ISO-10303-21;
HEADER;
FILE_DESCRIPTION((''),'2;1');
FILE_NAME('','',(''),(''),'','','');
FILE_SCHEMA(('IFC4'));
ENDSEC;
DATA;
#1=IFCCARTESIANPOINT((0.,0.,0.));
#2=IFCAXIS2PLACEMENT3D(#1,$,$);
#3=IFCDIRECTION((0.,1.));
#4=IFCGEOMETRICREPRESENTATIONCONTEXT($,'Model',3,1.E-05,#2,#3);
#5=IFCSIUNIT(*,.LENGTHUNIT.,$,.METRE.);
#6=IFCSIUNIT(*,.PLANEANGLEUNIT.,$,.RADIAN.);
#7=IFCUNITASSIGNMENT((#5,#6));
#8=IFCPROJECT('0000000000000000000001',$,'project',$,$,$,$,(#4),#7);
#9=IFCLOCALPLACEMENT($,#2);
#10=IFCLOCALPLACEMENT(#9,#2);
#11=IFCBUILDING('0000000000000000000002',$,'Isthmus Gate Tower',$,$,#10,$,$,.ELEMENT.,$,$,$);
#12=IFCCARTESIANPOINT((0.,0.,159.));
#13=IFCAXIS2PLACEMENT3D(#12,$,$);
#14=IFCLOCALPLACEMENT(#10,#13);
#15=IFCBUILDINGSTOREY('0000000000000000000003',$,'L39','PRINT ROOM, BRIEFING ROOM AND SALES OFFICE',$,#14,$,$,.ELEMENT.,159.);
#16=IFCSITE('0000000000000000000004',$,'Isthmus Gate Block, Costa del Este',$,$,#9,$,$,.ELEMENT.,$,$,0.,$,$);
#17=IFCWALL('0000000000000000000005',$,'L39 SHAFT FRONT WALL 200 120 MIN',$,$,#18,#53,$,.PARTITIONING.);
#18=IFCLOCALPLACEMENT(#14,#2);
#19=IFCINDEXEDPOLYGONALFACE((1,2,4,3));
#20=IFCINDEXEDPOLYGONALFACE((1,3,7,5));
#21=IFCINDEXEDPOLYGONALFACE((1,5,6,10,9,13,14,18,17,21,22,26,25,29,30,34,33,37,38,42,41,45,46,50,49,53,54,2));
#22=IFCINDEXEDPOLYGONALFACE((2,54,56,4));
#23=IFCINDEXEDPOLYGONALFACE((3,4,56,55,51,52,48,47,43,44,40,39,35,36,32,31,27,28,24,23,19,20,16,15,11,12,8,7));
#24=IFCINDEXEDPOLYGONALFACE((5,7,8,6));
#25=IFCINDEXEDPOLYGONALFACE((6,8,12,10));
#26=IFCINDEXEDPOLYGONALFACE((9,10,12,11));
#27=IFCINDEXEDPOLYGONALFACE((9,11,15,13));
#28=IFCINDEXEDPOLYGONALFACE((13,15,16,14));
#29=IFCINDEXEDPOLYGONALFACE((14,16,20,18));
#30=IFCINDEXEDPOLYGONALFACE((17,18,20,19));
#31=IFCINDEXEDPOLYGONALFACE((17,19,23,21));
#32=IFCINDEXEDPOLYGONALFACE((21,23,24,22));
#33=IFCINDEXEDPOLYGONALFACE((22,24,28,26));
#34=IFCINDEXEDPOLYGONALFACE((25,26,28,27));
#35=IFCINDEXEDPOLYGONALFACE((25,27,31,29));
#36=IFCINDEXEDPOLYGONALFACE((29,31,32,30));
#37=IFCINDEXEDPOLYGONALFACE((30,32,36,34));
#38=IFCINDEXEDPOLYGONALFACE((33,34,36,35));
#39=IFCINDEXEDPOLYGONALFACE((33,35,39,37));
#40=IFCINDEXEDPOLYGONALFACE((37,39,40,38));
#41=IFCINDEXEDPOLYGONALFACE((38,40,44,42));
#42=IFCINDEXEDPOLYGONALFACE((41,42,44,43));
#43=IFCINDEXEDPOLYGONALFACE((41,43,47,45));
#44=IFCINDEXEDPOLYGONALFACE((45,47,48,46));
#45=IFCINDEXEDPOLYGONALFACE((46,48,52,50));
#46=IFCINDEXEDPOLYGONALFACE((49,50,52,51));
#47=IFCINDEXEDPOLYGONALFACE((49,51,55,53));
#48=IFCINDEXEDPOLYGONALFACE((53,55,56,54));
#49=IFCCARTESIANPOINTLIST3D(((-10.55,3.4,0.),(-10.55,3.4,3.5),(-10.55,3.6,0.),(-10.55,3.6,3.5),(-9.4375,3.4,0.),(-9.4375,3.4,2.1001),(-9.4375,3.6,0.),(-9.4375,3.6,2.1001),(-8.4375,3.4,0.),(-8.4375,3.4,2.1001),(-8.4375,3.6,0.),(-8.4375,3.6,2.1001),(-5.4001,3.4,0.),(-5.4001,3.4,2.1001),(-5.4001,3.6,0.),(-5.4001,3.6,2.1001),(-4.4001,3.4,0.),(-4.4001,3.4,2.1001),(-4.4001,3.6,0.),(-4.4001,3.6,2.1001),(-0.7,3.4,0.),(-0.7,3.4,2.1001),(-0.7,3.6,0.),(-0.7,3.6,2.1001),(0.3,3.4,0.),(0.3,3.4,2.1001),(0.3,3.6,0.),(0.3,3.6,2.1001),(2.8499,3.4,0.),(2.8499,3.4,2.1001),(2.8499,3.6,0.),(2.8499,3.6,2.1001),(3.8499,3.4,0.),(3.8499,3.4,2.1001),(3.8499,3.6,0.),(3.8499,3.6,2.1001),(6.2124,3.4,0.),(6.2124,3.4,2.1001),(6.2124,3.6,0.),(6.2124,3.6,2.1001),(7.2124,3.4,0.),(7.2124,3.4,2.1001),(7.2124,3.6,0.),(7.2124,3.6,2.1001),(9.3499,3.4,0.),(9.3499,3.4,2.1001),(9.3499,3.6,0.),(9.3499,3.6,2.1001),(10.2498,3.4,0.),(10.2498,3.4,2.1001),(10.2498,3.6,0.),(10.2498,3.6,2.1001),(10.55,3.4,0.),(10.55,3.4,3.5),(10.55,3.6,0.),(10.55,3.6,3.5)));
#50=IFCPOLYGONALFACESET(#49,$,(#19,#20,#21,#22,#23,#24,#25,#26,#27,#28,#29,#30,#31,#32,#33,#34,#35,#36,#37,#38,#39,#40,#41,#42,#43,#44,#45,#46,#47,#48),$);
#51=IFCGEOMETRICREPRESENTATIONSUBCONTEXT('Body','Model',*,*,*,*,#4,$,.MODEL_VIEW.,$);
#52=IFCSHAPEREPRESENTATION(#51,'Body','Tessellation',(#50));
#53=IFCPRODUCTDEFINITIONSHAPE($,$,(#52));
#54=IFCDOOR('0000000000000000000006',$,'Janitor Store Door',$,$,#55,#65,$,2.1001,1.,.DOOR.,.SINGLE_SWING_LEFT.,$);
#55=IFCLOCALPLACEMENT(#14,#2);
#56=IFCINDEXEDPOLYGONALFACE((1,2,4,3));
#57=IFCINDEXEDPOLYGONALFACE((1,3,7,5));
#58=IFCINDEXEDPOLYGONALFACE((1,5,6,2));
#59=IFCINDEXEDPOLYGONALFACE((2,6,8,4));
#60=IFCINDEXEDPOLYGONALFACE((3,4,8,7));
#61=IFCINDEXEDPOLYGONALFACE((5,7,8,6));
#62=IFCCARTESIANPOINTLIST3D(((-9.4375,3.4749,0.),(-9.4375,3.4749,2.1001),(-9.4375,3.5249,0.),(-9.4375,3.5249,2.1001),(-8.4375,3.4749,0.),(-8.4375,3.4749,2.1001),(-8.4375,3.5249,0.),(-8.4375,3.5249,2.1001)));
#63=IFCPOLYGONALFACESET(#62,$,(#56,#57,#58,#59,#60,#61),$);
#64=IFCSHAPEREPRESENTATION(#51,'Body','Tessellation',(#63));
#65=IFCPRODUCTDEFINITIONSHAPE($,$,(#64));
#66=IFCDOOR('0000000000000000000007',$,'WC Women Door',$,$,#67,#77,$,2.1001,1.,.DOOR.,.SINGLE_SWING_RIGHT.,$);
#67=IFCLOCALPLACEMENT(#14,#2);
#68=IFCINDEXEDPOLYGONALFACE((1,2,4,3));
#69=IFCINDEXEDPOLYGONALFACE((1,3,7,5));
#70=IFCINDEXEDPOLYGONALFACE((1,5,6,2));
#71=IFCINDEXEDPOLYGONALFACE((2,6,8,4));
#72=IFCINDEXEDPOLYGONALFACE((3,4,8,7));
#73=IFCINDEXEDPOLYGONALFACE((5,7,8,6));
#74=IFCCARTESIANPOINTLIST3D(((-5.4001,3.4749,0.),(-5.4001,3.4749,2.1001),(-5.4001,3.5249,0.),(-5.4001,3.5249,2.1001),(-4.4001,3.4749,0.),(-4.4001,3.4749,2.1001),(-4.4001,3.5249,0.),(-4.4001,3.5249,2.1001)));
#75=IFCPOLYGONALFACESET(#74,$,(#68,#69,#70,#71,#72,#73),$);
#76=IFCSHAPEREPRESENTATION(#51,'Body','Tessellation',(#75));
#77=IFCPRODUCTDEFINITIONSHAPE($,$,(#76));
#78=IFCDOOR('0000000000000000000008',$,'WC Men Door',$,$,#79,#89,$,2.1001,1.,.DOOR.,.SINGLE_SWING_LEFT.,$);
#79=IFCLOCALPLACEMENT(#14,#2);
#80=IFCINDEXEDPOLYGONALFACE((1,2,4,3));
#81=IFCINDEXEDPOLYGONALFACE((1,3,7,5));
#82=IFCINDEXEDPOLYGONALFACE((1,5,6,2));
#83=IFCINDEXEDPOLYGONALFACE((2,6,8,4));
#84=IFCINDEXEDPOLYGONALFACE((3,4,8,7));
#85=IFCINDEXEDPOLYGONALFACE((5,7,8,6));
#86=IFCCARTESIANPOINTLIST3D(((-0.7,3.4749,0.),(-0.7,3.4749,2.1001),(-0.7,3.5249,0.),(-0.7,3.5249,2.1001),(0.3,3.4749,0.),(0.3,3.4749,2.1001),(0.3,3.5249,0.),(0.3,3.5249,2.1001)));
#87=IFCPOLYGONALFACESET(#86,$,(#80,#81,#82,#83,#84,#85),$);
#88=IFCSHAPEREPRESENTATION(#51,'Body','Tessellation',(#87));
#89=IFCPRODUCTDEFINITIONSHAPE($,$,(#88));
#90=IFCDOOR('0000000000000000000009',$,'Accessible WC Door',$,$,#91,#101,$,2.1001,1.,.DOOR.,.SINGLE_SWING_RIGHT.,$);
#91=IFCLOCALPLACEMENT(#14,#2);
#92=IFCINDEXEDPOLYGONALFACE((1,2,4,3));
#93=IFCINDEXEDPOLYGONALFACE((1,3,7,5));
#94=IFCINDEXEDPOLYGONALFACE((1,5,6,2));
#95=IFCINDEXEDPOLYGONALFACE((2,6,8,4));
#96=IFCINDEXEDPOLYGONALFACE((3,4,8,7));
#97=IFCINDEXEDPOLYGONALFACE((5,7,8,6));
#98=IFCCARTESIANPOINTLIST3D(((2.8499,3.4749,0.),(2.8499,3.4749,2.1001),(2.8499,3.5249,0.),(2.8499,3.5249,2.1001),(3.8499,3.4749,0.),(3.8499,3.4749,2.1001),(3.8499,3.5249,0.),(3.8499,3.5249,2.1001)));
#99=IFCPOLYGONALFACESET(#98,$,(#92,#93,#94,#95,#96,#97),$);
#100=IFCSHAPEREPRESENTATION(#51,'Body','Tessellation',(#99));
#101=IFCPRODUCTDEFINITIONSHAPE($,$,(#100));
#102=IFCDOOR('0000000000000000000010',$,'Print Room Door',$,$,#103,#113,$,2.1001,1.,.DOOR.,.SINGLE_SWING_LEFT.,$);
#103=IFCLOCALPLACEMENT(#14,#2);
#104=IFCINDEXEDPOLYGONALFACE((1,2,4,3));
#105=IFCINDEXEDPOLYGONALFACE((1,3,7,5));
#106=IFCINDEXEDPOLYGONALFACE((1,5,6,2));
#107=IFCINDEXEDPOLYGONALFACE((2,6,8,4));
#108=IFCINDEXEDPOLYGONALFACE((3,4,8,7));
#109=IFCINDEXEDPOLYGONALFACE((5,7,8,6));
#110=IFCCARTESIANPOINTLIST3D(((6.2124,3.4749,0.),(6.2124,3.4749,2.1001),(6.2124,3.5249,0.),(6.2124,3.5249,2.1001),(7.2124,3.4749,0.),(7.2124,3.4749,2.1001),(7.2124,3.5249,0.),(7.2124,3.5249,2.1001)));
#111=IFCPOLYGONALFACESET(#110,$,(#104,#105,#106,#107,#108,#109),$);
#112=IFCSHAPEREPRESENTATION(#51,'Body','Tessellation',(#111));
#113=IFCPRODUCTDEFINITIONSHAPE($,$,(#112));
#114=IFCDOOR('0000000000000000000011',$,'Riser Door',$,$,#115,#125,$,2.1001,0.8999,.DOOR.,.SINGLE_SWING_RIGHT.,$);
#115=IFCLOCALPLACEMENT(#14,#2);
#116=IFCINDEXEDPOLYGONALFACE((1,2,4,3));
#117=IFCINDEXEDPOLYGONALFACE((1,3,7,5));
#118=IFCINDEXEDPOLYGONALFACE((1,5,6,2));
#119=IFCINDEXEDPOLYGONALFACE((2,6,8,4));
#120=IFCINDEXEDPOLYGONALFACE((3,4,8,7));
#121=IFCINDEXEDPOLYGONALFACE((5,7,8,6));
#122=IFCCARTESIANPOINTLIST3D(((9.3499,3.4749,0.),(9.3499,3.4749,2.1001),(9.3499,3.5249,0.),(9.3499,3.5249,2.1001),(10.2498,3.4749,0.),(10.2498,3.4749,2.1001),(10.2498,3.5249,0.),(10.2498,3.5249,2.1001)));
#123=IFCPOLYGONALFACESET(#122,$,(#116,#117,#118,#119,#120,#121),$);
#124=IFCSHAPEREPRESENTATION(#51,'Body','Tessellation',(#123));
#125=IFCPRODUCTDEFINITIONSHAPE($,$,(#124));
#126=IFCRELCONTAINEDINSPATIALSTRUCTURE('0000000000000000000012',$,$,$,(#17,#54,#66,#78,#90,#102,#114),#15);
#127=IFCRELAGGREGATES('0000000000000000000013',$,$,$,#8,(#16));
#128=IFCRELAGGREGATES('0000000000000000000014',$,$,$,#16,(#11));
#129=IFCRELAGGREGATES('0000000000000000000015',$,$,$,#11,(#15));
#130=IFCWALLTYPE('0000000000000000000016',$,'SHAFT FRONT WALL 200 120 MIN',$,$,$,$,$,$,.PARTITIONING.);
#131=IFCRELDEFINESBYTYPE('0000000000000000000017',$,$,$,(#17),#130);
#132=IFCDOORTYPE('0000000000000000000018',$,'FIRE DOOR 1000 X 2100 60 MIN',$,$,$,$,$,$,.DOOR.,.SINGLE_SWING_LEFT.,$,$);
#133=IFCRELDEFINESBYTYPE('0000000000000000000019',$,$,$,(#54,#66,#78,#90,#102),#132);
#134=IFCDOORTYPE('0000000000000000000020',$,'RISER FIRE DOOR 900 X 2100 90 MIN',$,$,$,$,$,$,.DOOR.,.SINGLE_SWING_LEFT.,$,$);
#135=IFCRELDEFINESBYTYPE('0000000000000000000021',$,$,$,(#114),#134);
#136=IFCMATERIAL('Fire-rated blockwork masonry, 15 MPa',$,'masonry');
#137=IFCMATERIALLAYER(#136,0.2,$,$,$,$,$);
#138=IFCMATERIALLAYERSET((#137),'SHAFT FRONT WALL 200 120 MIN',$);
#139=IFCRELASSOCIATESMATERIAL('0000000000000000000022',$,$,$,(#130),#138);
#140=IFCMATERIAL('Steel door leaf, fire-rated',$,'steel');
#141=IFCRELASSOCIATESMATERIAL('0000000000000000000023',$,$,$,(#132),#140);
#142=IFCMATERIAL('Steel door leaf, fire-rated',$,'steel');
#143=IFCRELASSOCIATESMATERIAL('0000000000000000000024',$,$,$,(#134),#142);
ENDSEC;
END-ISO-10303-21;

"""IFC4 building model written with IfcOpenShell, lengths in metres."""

from ifc_helpers import new_model, si_unit, direction, frame, frame_2d, origin, place, context, subcontext, project, spatial, rectangle, extrude, material, layer, layer_set, type_object, element, fill, save


model = new_model("IFC4")

# Units and contexts
model_context = context("Model", 3, precision=1e-05, world=origin(), true_north=direction((0.0, 1.0)))
body_context = subcontext(model_context, "Body", "Model", "MODEL_VIEW")
ifc_project = project(units=[si_unit("LENGTHUNIT", "METRE"), si_unit("PLANEANGLEUNIT", "RADIAN")], contexts=[model_context])

# Site, building, storey
site_placement = place(None, origin())
site = spatial("IfcSite", under=ifc_project, at=site_placement, Name="Isthmus Gate Block, Costa del Este", CompositionType="ELEMENT", RefElevation=0.0)
building_placement = place(site_placement, origin())
building = spatial("IfcBuilding", under=site, at=building_placement, Name="Isthmus Gate Tower", CompositionType="ELEMENT")
storey_placement = place(building_placement, frame((0.0, 0.0, 159.0)))
storey = spatial("IfcBuildingStorey", under=building, at=storey_placement, Name="L39", Description="PRINT ROOM, BRIEFING ROOM AND SALES OFFICE", CompositionType="ELEMENT", Elevation=159.0)

# Wall, openings, doors
ifc_material_1 = material(Name="Fire-rated blockwork masonry, 15 MPa", Category="masonry")
ifc_layer_1 = layer(ifc_material_1, 0.2)
ifc_layer_set_1 = layer_set([ifc_layer_1], Name="SHAFT FRONT WALL 200 120 MIN")
wall_type_1 = type_object("IfcWallType", Name="SHAFT FRONT WALL 200 120 MIN", PredefinedType="PARTITIONING", material=ifc_layer_set_1)
wall_1_placement = place(storey_placement, frame((-10.55, 3.5, 0.0), z_axis=(0.0, 0.0, 1.0), x_axis=(1.0, 0.0, 0.0)))
wall_1 = element("IfcWall", 1, at=wall_1_placement, inside=storey, type_object=wall_type_1, Name="L39 SHAFT FRONT WALL 200 120 MIN", PredefinedType="PARTITIONING", context=body_context, shape_type="SweptSolid", body=[
    extrude(rectangle(XDim=21.1001, YDim=0.2, at=frame_2d((10.55, 0.0))), origin(), (0.0, 0.0, 1.0), 3.5),
])
opening_1_placement = place(wall_1_placement, frame((1.1125, 0.0, 0.0)))
opening_1 = element("IfcOpeningElement", 2, at=opening_1_placement, cuts=wall_1, PredefinedType="OPENING", context=body_context, shape_type="SweptSolid", body=[
    extrude(rectangle(XDim=1.0, YDim=2.1001, at=frame_2d((0.5, 1.05))), frame((0.0, 0.1099, 0.0), z_axis=(0.0, -1.0, 0.0), x_axis=(1.0, 0.0, 0.0)), (0.0, 0.0, 1.0), 0.22),
])
opening_2_placement = place(wall_1_placement, frame((5.1499, 0.0, 0.0)))
opening_2 = element("IfcOpeningElement", 3, at=opening_2_placement, cuts=wall_1, PredefinedType="OPENING", context=body_context, shape_type="SweptSolid", body=[
    extrude(rectangle(XDim=1.0, YDim=2.1001, at=frame_2d((0.5, 1.05))), frame((0.0, 0.1099, 0.0), z_axis=(0.0, -1.0, 0.0), x_axis=(1.0, 0.0, 0.0)), (0.0, 0.0, 1.0), 0.22),
])
opening_3_placement = place(wall_1_placement, frame((9.8501, 0.0, 0.0)))
opening_3 = element("IfcOpeningElement", 4, at=opening_3_placement, cuts=wall_1, PredefinedType="OPENING", context=body_context, shape_type="SweptSolid", body=[
    extrude(rectangle(XDim=1.0, YDim=2.1001, at=frame_2d((0.5, 1.05))), frame((0.0, 0.1099, 0.0), z_axis=(0.0, -1.0, 0.0), x_axis=(1.0, 0.0, 0.0)), (0.0, 0.0, 1.0), 0.22),
])
opening_4_placement = place(wall_1_placement, frame((13.3999, 0.0, 0.0)))
opening_4 = element("IfcOpeningElement", 5, at=opening_4_placement, cuts=wall_1, PredefinedType="OPENING", context=body_context, shape_type="SweptSolid", body=[
    extrude(rectangle(XDim=1.0, YDim=2.1001, at=frame_2d((0.5, 1.05))), frame((0.0, 0.1099, 0.0), z_axis=(0.0, -1.0, 0.0), x_axis=(1.0, 0.0, 0.0)), (0.0, 0.0, 1.0), 0.22),
])
opening_5_placement = place(wall_1_placement, frame((16.7625, 0.0, 0.0)))
opening_5 = element("IfcOpeningElement", 6, at=opening_5_placement, cuts=wall_1, PredefinedType="OPENING", context=body_context, shape_type="SweptSolid", body=[
    extrude(rectangle(XDim=1.0, YDim=2.1001, at=frame_2d((0.5, 1.05))), frame((0.0, 0.1099, 0.0), z_axis=(0.0, -1.0, 0.0), x_axis=(1.0, 0.0, 0.0)), (0.0, 0.0, 1.0), 0.22),
])
opening_6_placement = place(wall_1_placement, frame((19.8999, 0.0, 0.0)))
opening_6 = element("IfcOpeningElement", 7, at=opening_6_placement, cuts=wall_1, PredefinedType="OPENING", context=body_context, shape_type="SweptSolid", body=[
    extrude(rectangle(XDim=0.8999, YDim=2.1001, at=frame_2d((0.45, 1.05))), frame((0.0, 0.1099, 0.0), z_axis=(0.0, -1.0, 0.0), x_axis=(1.0, 0.0, 0.0)), (0.0, 0.0, 1.0), 0.22),
])
ifc_material_2 = material(Name="Steel door leaf, fire-rated", Category="steel")
door_type_1 = type_object("IfcDoorType", Name="FIRE DOOR 1000 X 2100 60 MIN", OperationType="SINGLE_SWING_LEFT", PredefinedType="DOOR", material=ifc_material_2)
door_1_placement = place(opening_1_placement, origin())
door_1 = element("IfcDoor", 8, at=door_1_placement, inside=storey, type_object=door_type_1, Name="Janitor Store Door", OperationType="SINGLE_SWING_LEFT", OverallHeight=2.1001, OverallWidth=1.0, PredefinedType="DOOR", context=body_context, shape_type="SweptSolid", body=[
    extrude(rectangle(XDim=1.0, YDim=2.1001, at=frame_2d((0.5, 1.05))), frame((0.0, 0.0249, 0.0), z_axis=(0.0, -1.0, 0.0), x_axis=(1.0, 0.0, 0.0)), (0.0, 0.0, 1.0), 0.05),
])
fill(opening_1, door_1)
door_2_placement = place(opening_2_placement, origin())
door_2 = element("IfcDoor", 9, at=door_2_placement, inside=storey, type_object=door_type_1, Name="WC Women Door", OperationType="SINGLE_SWING_RIGHT", OverallHeight=2.1001, OverallWidth=1.0, PredefinedType="DOOR", context=body_context, shape_type="SweptSolid", body=[
    extrude(rectangle(XDim=1.0, YDim=2.1001, at=frame_2d((0.5, 1.05))), frame((0.0, 0.0249, 0.0), z_axis=(0.0, -1.0, 0.0), x_axis=(1.0, 0.0, 0.0)), (0.0, 0.0, 1.0), 0.05),
])
fill(opening_2, door_2)
door_3_placement = place(opening_3_placement, origin())
door_3 = element("IfcDoor", 10, at=door_3_placement, inside=storey, type_object=door_type_1, Name="WC Men Door", OperationType="SINGLE_SWING_LEFT", OverallHeight=2.1001, OverallWidth=1.0, PredefinedType="DOOR", context=body_context, shape_type="SweptSolid", body=[
    extrude(rectangle(XDim=1.0, YDim=2.1001, at=frame_2d((0.5, 1.05))), frame((0.0, 0.0249, 0.0), z_axis=(0.0, -1.0, 0.0), x_axis=(1.0, 0.0, 0.0)), (0.0, 0.0, 1.0), 0.05),
])
fill(opening_3, door_3)
door_4_placement = place(opening_4_placement, origin())
door_4 = element("IfcDoor", 11, at=door_4_placement, inside=storey, type_object=door_type_1, Name="Accessible WC Door", OperationType="SINGLE_SWING_RIGHT", OverallHeight=2.1001, OverallWidth=1.0, PredefinedType="DOOR", context=body_context, shape_type="SweptSolid", body=[
    extrude(rectangle(XDim=1.0, YDim=2.1001, at=frame_2d((0.5, 1.05))), frame((0.0, 0.0249, 0.0), z_axis=(0.0, -1.0, 0.0), x_axis=(1.0, 0.0, 0.0)), (0.0, 0.0, 1.0), 0.05),
])
fill(opening_4, door_4)
door_5_placement = place(opening_5_placement, origin())
door_5 = element("IfcDoor", 12, at=door_5_placement, inside=storey, type_object=door_type_1, Name="Print Room Door", OperationType="SINGLE_SWING_LEFT", OverallHeight=2.1001, OverallWidth=1.0, PredefinedType="DOOR", context=body_context, shape_type="SweptSolid", body=[
    extrude(rectangle(XDim=1.0, YDim=2.1001, at=frame_2d((0.5, 1.05))), frame((0.0, 0.0249, 0.0), z_axis=(0.0, -1.0, 0.0), x_axis=(1.0, 0.0, 0.0)), (0.0, 0.0, 1.0), 0.05),
])
fill(opening_5, door_5)
ifc_material_3 = material(Name="Steel door leaf, fire-rated", Category="steel")
door_type_2 = type_object("IfcDoorType", Name="RISER FIRE DOOR 900 X 2100 90 MIN", OperationType="SINGLE_SWING_LEFT", PredefinedType="DOOR", material=ifc_material_3)
door_6_placement = place(opening_6_placement, origin())
door_6 = element("IfcDoor", 13, at=door_6_placement, inside=storey, type_object=door_type_2, Name="Riser Door", OperationType="SINGLE_SWING_RIGHT", OverallHeight=2.1001, OverallWidth=0.8999, PredefinedType="DOOR", context=body_context, shape_type="SweptSolid", body=[
    extrude(rectangle(XDim=0.8999, YDim=2.1001, at=frame_2d((0.45, 1.05))), frame((0.0, 0.0249, 0.0), z_axis=(0.0, -1.0, 0.0), x_axis=(1.0, 0.0, 0.0)), (0.0, 0.0, 1.0), 0.05),
])
fill(opening_6, door_6)

save(model, "model.ifc")
